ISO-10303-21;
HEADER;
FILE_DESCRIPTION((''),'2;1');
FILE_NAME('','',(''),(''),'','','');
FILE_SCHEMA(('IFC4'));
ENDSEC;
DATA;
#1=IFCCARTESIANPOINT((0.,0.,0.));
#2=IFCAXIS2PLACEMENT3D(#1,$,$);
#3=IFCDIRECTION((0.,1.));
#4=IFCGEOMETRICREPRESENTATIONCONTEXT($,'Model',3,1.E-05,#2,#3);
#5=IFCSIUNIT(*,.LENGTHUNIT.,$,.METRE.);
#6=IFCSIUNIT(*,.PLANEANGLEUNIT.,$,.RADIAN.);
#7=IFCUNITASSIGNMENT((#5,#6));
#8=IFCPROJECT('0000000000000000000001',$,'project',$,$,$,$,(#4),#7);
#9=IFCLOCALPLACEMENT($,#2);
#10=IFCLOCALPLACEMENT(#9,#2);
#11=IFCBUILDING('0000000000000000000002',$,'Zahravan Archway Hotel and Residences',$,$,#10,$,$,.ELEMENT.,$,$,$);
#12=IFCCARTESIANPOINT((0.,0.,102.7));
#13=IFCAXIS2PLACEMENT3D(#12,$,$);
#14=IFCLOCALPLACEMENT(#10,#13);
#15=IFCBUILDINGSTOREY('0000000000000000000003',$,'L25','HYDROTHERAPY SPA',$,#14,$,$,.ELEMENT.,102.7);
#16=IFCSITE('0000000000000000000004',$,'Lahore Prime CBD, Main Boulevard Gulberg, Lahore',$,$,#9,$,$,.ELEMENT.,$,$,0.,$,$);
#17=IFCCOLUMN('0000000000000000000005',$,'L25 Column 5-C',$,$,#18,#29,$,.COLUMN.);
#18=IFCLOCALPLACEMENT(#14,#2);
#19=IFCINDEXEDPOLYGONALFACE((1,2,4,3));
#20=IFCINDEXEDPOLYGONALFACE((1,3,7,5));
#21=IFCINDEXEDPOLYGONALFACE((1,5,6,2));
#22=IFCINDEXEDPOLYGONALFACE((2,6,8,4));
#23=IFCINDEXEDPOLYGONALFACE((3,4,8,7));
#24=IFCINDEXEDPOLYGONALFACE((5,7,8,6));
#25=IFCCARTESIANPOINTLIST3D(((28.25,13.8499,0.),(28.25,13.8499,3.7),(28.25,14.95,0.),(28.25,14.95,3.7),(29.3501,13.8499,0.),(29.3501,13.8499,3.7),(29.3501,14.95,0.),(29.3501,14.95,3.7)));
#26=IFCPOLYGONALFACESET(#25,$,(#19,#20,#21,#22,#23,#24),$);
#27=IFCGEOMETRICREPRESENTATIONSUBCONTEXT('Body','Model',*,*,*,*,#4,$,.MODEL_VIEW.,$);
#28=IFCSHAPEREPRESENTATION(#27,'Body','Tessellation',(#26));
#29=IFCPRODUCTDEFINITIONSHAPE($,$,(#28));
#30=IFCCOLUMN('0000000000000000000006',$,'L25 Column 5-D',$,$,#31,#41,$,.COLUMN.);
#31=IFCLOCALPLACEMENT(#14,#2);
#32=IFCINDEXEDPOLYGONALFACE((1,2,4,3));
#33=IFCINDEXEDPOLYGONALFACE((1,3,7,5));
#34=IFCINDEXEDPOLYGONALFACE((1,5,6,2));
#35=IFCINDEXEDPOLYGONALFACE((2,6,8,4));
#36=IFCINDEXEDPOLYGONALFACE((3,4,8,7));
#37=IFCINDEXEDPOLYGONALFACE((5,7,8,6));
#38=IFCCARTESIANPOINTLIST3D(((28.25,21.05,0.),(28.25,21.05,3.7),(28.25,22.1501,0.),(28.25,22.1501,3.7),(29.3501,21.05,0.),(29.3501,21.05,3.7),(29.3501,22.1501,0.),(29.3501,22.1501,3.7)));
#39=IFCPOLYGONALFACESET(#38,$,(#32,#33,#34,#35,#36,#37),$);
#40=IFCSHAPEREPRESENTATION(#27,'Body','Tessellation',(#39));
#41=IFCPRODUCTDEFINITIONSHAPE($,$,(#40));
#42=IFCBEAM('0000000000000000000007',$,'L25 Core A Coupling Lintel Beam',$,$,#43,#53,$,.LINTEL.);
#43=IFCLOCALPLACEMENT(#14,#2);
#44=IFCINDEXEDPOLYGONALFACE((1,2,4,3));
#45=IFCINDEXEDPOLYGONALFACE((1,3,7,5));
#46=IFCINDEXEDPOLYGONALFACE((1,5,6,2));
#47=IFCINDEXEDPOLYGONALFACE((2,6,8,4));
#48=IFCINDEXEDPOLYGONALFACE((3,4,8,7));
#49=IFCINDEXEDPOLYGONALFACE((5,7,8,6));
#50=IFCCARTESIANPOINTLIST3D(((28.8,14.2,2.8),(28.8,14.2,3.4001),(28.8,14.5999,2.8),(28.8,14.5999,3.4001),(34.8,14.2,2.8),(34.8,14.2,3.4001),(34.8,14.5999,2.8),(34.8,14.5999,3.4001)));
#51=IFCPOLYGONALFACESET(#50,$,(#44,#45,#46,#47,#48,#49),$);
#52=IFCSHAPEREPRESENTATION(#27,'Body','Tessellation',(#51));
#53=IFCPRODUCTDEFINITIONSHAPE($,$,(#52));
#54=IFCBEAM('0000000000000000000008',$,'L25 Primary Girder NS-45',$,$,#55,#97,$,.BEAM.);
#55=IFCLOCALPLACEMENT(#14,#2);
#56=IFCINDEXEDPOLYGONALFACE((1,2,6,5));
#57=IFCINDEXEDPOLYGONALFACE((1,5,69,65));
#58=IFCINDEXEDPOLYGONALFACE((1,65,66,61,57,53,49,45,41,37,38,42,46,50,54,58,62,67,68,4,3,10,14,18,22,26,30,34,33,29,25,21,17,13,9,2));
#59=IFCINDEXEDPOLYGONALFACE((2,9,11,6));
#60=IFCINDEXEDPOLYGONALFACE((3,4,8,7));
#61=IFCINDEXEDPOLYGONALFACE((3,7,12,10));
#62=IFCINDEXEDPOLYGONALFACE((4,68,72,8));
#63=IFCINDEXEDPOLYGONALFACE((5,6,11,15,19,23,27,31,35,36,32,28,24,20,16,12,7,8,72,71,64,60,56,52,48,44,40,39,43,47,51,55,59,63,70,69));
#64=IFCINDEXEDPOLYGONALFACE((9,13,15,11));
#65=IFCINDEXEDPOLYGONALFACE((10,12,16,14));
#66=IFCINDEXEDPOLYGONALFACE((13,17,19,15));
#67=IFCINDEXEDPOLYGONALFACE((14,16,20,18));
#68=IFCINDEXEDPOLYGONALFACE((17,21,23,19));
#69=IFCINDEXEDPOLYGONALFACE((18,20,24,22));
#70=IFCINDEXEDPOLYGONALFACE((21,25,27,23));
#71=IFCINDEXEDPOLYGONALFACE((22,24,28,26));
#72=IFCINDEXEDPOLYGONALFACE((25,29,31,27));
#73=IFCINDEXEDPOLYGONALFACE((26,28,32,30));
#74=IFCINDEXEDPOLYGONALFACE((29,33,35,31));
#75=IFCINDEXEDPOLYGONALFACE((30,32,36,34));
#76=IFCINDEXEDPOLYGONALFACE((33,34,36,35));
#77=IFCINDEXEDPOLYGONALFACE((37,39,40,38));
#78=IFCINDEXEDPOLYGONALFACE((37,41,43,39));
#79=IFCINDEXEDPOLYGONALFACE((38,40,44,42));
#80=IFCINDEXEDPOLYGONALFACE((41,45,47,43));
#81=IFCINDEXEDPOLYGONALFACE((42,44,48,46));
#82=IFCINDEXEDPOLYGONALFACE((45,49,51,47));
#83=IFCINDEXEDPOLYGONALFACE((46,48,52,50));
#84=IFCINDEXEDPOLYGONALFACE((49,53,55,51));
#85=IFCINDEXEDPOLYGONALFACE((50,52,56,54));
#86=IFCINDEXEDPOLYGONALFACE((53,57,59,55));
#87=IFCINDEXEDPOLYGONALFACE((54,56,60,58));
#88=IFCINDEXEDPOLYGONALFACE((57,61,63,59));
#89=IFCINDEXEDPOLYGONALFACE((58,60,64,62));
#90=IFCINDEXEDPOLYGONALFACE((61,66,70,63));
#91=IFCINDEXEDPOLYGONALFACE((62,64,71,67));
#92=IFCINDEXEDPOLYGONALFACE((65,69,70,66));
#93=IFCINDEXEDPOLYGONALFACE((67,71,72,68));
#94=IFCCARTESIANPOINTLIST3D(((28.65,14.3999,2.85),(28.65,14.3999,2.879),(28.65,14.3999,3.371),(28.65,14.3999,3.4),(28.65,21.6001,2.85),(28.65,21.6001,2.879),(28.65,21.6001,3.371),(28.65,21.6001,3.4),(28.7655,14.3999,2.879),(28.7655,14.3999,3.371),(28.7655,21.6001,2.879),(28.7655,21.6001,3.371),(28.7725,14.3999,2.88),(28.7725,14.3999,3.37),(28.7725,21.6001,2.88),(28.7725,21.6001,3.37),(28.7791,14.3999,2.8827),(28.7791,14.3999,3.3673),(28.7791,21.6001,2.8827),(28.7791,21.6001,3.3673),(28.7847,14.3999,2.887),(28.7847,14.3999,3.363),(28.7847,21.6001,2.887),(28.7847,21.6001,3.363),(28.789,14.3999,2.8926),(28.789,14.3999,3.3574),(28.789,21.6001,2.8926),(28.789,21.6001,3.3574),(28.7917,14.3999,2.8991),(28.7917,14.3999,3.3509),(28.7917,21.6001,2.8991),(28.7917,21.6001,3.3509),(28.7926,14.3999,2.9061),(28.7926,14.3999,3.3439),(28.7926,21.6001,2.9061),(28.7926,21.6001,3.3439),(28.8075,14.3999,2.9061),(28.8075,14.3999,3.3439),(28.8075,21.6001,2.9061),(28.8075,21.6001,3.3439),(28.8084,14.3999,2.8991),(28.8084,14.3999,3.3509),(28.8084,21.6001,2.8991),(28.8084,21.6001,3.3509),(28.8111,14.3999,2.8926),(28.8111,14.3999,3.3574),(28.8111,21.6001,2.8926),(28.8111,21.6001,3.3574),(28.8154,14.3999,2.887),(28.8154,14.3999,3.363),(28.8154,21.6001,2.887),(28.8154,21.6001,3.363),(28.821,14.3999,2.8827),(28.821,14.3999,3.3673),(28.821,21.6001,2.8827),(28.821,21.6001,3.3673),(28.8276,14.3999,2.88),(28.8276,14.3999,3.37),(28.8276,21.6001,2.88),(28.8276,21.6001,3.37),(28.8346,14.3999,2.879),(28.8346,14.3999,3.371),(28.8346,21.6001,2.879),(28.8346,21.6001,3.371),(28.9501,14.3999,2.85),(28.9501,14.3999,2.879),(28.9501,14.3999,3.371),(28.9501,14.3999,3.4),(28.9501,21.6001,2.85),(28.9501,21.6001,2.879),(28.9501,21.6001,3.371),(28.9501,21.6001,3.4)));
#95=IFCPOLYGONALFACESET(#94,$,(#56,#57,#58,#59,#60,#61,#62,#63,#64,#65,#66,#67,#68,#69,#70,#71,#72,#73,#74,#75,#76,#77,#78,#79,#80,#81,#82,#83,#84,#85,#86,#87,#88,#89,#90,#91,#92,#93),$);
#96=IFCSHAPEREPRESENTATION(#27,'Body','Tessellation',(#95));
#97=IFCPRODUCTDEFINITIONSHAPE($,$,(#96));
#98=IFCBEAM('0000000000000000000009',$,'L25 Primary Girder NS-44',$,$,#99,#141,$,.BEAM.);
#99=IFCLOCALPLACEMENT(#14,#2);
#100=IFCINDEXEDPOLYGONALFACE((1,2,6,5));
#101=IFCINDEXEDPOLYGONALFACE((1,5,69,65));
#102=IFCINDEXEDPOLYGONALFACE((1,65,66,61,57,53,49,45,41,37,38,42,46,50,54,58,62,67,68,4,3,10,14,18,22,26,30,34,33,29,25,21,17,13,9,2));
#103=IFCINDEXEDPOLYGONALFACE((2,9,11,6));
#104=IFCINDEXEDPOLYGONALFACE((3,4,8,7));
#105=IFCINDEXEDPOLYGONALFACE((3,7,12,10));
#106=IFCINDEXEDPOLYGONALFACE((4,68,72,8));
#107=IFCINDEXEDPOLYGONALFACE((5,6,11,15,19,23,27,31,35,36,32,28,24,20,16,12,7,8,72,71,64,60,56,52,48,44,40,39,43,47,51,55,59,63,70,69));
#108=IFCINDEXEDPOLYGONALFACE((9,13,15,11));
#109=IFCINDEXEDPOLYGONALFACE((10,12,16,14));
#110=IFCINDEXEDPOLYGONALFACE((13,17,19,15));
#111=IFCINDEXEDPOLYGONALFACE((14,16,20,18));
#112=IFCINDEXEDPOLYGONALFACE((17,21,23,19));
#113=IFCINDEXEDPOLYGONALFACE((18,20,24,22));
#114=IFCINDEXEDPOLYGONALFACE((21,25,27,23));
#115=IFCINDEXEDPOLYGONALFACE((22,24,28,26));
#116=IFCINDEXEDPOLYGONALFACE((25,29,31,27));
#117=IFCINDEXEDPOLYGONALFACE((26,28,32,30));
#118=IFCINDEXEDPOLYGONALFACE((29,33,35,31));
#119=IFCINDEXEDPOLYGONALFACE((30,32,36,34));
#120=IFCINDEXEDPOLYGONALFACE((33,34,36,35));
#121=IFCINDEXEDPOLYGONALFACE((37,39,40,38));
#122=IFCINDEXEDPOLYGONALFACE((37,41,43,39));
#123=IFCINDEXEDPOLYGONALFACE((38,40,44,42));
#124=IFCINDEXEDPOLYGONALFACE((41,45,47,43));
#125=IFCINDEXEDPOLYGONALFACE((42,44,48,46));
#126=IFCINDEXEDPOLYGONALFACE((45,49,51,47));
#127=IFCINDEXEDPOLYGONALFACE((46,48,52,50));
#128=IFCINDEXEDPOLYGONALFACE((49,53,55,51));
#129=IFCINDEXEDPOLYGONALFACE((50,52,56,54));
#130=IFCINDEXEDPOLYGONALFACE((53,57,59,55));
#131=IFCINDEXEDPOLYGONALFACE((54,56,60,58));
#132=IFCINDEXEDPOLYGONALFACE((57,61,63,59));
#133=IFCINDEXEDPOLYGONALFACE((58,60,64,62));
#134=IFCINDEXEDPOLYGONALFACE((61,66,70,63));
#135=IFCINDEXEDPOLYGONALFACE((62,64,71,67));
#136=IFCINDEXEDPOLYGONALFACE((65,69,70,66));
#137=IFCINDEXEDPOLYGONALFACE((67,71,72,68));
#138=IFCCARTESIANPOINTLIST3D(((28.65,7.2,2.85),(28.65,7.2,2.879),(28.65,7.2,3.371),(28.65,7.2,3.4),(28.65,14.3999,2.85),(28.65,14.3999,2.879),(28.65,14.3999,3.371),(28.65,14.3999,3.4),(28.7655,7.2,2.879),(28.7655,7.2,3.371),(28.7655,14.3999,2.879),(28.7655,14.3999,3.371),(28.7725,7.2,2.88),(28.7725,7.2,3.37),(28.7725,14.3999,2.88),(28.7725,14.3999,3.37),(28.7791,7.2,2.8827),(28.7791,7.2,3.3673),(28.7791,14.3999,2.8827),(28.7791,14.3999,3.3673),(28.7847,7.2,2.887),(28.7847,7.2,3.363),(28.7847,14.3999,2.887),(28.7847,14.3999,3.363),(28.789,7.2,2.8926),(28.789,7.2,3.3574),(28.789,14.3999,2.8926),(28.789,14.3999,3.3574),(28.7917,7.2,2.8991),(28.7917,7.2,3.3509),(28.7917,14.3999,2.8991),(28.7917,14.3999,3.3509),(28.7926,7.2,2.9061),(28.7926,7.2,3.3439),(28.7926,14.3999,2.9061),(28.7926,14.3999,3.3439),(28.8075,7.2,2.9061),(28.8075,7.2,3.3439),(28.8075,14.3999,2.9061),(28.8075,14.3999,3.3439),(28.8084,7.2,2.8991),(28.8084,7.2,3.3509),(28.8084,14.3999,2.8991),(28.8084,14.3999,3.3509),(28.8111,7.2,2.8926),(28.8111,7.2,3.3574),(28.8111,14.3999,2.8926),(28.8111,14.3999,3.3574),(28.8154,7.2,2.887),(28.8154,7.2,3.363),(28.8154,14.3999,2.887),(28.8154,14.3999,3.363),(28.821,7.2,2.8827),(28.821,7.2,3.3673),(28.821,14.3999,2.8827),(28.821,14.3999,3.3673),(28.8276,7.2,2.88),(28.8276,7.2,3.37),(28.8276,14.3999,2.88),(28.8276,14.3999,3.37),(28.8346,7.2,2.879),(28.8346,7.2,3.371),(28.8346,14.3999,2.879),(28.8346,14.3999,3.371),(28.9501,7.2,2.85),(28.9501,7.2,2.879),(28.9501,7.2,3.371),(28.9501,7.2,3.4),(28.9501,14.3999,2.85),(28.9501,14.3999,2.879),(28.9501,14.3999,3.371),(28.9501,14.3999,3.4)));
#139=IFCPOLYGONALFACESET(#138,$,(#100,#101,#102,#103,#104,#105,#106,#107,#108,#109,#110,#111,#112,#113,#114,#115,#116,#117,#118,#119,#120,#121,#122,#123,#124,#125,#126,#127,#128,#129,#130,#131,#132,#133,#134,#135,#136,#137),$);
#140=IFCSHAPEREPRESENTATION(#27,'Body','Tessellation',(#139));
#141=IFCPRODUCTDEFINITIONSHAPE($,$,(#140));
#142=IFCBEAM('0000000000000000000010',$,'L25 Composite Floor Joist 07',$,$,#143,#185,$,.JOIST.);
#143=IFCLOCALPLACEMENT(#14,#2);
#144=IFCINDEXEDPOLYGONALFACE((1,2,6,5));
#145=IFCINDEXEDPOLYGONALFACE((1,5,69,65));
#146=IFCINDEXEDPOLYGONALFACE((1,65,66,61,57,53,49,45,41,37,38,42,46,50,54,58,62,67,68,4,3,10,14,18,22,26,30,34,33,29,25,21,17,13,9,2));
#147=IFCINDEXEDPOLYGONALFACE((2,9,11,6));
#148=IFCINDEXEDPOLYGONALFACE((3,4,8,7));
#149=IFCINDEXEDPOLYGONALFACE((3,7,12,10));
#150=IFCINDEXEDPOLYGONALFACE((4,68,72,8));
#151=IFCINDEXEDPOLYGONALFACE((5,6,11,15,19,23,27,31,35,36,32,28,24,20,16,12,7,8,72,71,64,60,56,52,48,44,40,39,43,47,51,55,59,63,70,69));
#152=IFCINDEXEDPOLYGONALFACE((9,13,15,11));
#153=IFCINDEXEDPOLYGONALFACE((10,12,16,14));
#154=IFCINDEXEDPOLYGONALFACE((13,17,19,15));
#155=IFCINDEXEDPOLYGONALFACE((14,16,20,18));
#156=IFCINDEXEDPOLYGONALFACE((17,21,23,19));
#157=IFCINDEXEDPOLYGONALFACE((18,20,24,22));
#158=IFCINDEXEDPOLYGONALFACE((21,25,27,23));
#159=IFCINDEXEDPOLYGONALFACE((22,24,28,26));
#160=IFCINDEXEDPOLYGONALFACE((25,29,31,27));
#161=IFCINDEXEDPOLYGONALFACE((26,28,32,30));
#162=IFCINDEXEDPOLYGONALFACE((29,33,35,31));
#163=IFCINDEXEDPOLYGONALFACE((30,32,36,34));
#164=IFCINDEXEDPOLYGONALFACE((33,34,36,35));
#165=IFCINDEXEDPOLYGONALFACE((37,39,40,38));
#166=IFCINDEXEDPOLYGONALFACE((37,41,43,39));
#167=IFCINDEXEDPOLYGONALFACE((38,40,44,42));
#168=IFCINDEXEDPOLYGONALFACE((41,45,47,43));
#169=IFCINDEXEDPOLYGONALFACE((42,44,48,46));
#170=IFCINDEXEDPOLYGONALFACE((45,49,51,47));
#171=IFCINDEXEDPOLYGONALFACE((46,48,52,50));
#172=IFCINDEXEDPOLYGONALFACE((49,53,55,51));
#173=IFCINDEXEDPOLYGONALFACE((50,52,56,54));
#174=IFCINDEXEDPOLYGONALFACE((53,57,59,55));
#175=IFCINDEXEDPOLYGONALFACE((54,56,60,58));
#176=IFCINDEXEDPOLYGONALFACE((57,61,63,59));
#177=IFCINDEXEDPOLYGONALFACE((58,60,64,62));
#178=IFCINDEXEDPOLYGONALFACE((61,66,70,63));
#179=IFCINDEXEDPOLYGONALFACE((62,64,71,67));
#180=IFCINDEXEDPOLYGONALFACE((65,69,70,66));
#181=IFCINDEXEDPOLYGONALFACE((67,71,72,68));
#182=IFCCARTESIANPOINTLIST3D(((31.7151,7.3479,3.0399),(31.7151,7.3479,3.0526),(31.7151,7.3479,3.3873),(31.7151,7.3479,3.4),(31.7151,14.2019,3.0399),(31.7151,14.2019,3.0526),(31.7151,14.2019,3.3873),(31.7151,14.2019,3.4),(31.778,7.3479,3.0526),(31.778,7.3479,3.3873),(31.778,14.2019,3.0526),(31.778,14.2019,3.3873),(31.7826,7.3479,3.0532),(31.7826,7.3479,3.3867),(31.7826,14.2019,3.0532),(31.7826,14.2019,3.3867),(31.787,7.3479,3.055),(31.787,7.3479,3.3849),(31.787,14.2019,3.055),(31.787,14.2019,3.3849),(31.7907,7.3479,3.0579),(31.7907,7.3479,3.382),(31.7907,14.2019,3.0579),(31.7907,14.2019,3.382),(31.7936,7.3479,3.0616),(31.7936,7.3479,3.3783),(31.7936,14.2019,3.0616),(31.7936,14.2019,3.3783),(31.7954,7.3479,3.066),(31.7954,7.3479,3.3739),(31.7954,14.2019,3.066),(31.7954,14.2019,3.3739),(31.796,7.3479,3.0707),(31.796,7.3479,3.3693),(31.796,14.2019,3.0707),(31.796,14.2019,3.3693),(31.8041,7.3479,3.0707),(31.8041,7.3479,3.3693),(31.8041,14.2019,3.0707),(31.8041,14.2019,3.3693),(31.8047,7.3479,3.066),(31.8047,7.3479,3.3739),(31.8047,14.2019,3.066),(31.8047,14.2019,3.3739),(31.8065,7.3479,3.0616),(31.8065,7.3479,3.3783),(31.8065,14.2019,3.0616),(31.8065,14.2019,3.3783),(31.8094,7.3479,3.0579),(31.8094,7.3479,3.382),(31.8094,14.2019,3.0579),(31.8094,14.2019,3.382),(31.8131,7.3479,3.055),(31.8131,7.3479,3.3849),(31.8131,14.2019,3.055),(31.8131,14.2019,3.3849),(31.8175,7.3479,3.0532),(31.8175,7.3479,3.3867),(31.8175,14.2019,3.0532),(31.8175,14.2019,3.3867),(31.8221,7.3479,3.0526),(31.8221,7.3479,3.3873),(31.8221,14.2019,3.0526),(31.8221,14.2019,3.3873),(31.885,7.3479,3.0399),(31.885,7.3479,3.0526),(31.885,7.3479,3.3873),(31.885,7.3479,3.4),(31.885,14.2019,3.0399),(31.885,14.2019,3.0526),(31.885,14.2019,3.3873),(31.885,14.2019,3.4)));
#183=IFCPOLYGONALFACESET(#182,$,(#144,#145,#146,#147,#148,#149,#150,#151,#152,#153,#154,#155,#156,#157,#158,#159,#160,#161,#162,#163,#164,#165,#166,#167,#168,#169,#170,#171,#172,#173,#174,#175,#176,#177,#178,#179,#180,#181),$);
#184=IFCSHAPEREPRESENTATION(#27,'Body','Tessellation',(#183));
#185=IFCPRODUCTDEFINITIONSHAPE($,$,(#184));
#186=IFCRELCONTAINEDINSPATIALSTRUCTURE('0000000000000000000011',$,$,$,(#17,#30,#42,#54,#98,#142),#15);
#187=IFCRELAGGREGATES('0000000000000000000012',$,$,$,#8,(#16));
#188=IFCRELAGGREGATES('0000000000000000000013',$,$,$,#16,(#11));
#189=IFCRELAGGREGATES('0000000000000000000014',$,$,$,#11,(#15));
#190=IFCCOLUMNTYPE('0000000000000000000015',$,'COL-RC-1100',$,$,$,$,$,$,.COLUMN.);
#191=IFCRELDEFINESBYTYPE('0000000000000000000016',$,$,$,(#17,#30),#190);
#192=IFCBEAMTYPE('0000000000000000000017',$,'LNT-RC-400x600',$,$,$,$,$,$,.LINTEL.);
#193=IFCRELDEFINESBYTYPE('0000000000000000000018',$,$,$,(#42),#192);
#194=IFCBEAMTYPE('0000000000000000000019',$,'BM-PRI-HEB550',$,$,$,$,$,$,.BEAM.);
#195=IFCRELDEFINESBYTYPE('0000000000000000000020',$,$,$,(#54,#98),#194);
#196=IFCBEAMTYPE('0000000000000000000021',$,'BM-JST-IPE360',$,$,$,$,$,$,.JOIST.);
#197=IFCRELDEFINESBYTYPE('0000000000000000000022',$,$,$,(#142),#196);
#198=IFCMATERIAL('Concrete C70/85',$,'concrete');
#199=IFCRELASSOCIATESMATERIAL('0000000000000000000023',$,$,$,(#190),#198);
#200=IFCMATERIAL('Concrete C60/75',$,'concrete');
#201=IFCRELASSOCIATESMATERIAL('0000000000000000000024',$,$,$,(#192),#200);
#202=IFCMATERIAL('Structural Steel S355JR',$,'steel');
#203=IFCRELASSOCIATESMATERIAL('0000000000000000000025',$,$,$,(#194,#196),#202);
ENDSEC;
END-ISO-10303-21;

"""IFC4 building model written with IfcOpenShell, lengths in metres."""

from ifc_helpers import new_model, si_unit, direction, frame, origin, origin_2d, place, context, subcontext, project, spatial, rectangle, i_section, extrude, source, transform, mapped, material, material_profile, profile_set, type_object, type_shapes, element, save


model = new_model("IFC4")

# Units and contexts
model_context = context("Model", 3, precision=1e-05, world=origin(), true_north=direction((0.0, 1.0)))
body_context = subcontext(model_context, "Body", "Model", "MODEL_VIEW")
ifc_project = project(units=[si_unit("LENGTHUNIT", "METRE"), si_unit("PLANEANGLEUNIT", "RADIAN")], contexts=[model_context])

# Site, building, storey
site_placement = place(None, origin())
site = spatial("IfcSite", under=ifc_project, at=site_placement, Name="Lahore Prime CBD, Main Boulevard Gulberg, Lahore", CompositionType="ELEMENT", RefElevation=0.0)
building_placement = place(site_placement, origin())
building = spatial("IfcBuilding", under=site, at=building_placement, Name="Zahravan Archway Hotel and Residences", CompositionType="ELEMENT")
storey_placement = place(building_placement, frame((0.0, 0.0, 102.7)))
storey = spatial("IfcBuildingStorey", under=building, at=storey_placement, Name="L25", Description="HYDROTHERAPY SPA", CompositionType="ELEMENT", Elevation=102.7)

# Columns
ifc_material_1 = material(Name="Concrete C70/85", Category="concrete")
ifc_material_profile_1 = material_profile(ifc_material_1, rectangle(XDim=1.1001, YDim=1.1001, at=origin_2d()), Name="RC 1100x1100", Category="concrete")
ifc_profile_set_1 = profile_set([ifc_material_profile_1], Name="Concrete C70/85")
column_type = type_object("IfcColumnType", Name="COL-RC-1100", PredefinedType="COLUMN", material=ifc_profile_set_1)
shared_shape_1 = source(origin(), body_context, "Body", "SweptSolid", [
    extrude(rectangle(XDim=1.1001, YDim=1.1001, at=origin_2d()), origin(), (0.0, 0.0, 1.0), 3.7),
])
for number, where, z_axis, x_axis, name in (
    (1, (28.8, 14.3999, 0.0), (0.0, 0.0, 1.0), (1.0, 0.0, 0.0), "L25 Column 5-C"),
    (2, (28.8, 21.6001, 0.0), (0.0, 0.0, 1.0), (1.0, 0.0, 0.0), "L25 Column 5-D"),
):
    element("IfcColumn", number, at=place(storey_placement, frame(where, z_axis=z_axis, x_axis=x_axis)), inside=storey, type_object=column_type, Name=name, PredefinedType="COLUMN", context=body_context, shape_type="MappedRepresentation", body=[
        mapped(shared_shape_1, transform((0.0, 0.0, 0.0), scale=1.0)),
    ])

# Beams
ifc_material_2 = material(Name="Concrete C60/75", Category="concrete")
ifc_material_profile_2 = material_profile(ifc_material_2, rectangle(XDim=0.3999, YDim=0.6001, at=origin_2d()), Name="RC-LNT-400x600", Category="concrete")
ifc_profile_set_2 = profile_set([ifc_material_profile_2], Name="Concrete C60/75")
beam_type_1 = type_object("IfcBeamType", Name="LNT-RC-400x600", PredefinedType="LINTEL", material=ifc_profile_set_2)
shared_shape_2 = source(origin(), body_context, "Body", "SweptSolid", [
    extrude(rectangle(XDim=0.3999, YDim=0.6001, at=origin_2d()), origin(), (0.0, 0.0, 1.0), 6.0),
])
type_shapes(beam_type_1, [shared_shape_2])
beam_1_placement = place(storey_placement, frame((28.8, 14.3999, 3.1001), z_axis=(1.0, 0.0, 0.0), x_axis=(0.0, 1.0, 0.0)))
element("IfcBeam", 3, at=beam_1_placement, inside=storey, type_object=beam_type_1, Name="L25 Core A Coupling Lintel Beam", PredefinedType="LINTEL", context=body_context, shape_type="MappedRepresentation", body=[
    mapped(shared_shape_2, transform((0.0, 0.0, 0.0), scale=1.0)),
])
ifc_material_3 = material(Name="Structural Steel S355JR", Category="steel")
ifc_material_profile_3 = material_profile(ifc_material_3, i_section(OverallWidth=0.3, OverallDepth=0.55, WebThickness=0.0149, FlangeThickness=0.0291, FilletRadius=0.0271, at=origin_2d()), Name="HEB 550", Category="steel")
ifc_profile_set_3 = profile_set([ifc_material_profile_3], Name="Structural Steel S355JR")
beam_type_2 = type_object("IfcBeamType", Name="BM-PRI-HEB550", PredefinedType="BEAM", material=ifc_profile_set_3)
shared_shape_3 = source(origin(), body_context, "Body", "SweptSolid", [
    extrude(i_section(OverallWidth=0.3, OverallDepth=0.55, WebThickness=0.0149, FlangeThickness=0.0291, FilletRadius=0.0271, at=origin_2d()), origin(), (0.0, 0.0, 1.0), 7.2002),
])
type_shapes(beam_type_2, [shared_shape_3])
beam_2_placement = place(storey_placement, frame((28.8, 14.3999, 3.125), z_axis=(0.0, 1.0, 0.0), x_axis=(-1.0, 0.0, 0.0)))
element("IfcBeam", 4, at=beam_2_placement, inside=storey, type_object=beam_type_2, Name="L25 Primary Girder NS-45", PredefinedType="BEAM", context=body_context, shape_type="MappedRepresentation", body=[
    mapped(shared_shape_3, transform((0.0, 0.0, 0.0), scale=1.0)),
])
shared_shape_4 = source(origin(), body_context, "Body", "SweptSolid", [
    extrude(i_section(OverallWidth=0.3, OverallDepth=0.55, WebThickness=0.0149, FlangeThickness=0.0291, FilletRadius=0.0271, at=origin_2d()), origin(), (0.0, 0.0, 1.0), 7.2),
])
beam_3_placement = place(storey_placement, frame((28.8, 7.2, 3.125), z_axis=(0.0, 1.0, 0.0), x_axis=(-1.0, 0.0, 0.0)))
element("IfcBeam", 5, at=beam_3_placement, inside=storey, type_object=beam_type_2, Name="L25 Primary Girder NS-44", PredefinedType="BEAM", context=body_context, shape_type="MappedRepresentation", body=[
    mapped(shared_shape_4, transform((0.0, 0.0, 0.0), scale=1.0)),
])
ifc_material_profile_4 = material_profile(ifc_material_3, i_section(OverallWidth=0.1699, OverallDepth=0.3601, WebThickness=0.0081, FlangeThickness=0.0127, FilletRadius=0.0181, at=origin_2d()), Name="IPE 360", Category="steel")
ifc_profile_set_4 = profile_set([ifc_material_profile_4], Name="Structural Steel S355JR")
beam_type_3 = type_object("IfcBeamType", Name="BM-JST-IPE360", PredefinedType="JOIST", material=ifc_profile_set_4)
shared_shape_5 = source(origin(), body_context, "Body", "SweptSolid", [
    extrude(i_section(OverallWidth=0.1699, OverallDepth=0.3601, WebThickness=0.0081, FlangeThickness=0.0127, FilletRadius=0.0181, at=origin_2d()), origin(), (0.0, 0.0, 1.0), 6.854),
])
for number, where, z_axis, x_axis, name in (
    (6, (31.8, 7.3479, 3.22), (0.0, 1.0, 0.0), (-1.0, 0.0, 0.0), "L25 Composite Floor Joist 07"),
):
    element("IfcBeam", number, at=place(storey_placement, frame(where, z_axis=z_axis, x_axis=x_axis)), inside=storey, type_object=beam_type_3, Name=name, PredefinedType="JOIST", context=body_context, shape_type="MappedRepresentation", body=[
        mapped(shared_shape_5, transform((0.0, 0.0, 0.0), scale=1.0)),
    ])

save(model, "model.ifc")
